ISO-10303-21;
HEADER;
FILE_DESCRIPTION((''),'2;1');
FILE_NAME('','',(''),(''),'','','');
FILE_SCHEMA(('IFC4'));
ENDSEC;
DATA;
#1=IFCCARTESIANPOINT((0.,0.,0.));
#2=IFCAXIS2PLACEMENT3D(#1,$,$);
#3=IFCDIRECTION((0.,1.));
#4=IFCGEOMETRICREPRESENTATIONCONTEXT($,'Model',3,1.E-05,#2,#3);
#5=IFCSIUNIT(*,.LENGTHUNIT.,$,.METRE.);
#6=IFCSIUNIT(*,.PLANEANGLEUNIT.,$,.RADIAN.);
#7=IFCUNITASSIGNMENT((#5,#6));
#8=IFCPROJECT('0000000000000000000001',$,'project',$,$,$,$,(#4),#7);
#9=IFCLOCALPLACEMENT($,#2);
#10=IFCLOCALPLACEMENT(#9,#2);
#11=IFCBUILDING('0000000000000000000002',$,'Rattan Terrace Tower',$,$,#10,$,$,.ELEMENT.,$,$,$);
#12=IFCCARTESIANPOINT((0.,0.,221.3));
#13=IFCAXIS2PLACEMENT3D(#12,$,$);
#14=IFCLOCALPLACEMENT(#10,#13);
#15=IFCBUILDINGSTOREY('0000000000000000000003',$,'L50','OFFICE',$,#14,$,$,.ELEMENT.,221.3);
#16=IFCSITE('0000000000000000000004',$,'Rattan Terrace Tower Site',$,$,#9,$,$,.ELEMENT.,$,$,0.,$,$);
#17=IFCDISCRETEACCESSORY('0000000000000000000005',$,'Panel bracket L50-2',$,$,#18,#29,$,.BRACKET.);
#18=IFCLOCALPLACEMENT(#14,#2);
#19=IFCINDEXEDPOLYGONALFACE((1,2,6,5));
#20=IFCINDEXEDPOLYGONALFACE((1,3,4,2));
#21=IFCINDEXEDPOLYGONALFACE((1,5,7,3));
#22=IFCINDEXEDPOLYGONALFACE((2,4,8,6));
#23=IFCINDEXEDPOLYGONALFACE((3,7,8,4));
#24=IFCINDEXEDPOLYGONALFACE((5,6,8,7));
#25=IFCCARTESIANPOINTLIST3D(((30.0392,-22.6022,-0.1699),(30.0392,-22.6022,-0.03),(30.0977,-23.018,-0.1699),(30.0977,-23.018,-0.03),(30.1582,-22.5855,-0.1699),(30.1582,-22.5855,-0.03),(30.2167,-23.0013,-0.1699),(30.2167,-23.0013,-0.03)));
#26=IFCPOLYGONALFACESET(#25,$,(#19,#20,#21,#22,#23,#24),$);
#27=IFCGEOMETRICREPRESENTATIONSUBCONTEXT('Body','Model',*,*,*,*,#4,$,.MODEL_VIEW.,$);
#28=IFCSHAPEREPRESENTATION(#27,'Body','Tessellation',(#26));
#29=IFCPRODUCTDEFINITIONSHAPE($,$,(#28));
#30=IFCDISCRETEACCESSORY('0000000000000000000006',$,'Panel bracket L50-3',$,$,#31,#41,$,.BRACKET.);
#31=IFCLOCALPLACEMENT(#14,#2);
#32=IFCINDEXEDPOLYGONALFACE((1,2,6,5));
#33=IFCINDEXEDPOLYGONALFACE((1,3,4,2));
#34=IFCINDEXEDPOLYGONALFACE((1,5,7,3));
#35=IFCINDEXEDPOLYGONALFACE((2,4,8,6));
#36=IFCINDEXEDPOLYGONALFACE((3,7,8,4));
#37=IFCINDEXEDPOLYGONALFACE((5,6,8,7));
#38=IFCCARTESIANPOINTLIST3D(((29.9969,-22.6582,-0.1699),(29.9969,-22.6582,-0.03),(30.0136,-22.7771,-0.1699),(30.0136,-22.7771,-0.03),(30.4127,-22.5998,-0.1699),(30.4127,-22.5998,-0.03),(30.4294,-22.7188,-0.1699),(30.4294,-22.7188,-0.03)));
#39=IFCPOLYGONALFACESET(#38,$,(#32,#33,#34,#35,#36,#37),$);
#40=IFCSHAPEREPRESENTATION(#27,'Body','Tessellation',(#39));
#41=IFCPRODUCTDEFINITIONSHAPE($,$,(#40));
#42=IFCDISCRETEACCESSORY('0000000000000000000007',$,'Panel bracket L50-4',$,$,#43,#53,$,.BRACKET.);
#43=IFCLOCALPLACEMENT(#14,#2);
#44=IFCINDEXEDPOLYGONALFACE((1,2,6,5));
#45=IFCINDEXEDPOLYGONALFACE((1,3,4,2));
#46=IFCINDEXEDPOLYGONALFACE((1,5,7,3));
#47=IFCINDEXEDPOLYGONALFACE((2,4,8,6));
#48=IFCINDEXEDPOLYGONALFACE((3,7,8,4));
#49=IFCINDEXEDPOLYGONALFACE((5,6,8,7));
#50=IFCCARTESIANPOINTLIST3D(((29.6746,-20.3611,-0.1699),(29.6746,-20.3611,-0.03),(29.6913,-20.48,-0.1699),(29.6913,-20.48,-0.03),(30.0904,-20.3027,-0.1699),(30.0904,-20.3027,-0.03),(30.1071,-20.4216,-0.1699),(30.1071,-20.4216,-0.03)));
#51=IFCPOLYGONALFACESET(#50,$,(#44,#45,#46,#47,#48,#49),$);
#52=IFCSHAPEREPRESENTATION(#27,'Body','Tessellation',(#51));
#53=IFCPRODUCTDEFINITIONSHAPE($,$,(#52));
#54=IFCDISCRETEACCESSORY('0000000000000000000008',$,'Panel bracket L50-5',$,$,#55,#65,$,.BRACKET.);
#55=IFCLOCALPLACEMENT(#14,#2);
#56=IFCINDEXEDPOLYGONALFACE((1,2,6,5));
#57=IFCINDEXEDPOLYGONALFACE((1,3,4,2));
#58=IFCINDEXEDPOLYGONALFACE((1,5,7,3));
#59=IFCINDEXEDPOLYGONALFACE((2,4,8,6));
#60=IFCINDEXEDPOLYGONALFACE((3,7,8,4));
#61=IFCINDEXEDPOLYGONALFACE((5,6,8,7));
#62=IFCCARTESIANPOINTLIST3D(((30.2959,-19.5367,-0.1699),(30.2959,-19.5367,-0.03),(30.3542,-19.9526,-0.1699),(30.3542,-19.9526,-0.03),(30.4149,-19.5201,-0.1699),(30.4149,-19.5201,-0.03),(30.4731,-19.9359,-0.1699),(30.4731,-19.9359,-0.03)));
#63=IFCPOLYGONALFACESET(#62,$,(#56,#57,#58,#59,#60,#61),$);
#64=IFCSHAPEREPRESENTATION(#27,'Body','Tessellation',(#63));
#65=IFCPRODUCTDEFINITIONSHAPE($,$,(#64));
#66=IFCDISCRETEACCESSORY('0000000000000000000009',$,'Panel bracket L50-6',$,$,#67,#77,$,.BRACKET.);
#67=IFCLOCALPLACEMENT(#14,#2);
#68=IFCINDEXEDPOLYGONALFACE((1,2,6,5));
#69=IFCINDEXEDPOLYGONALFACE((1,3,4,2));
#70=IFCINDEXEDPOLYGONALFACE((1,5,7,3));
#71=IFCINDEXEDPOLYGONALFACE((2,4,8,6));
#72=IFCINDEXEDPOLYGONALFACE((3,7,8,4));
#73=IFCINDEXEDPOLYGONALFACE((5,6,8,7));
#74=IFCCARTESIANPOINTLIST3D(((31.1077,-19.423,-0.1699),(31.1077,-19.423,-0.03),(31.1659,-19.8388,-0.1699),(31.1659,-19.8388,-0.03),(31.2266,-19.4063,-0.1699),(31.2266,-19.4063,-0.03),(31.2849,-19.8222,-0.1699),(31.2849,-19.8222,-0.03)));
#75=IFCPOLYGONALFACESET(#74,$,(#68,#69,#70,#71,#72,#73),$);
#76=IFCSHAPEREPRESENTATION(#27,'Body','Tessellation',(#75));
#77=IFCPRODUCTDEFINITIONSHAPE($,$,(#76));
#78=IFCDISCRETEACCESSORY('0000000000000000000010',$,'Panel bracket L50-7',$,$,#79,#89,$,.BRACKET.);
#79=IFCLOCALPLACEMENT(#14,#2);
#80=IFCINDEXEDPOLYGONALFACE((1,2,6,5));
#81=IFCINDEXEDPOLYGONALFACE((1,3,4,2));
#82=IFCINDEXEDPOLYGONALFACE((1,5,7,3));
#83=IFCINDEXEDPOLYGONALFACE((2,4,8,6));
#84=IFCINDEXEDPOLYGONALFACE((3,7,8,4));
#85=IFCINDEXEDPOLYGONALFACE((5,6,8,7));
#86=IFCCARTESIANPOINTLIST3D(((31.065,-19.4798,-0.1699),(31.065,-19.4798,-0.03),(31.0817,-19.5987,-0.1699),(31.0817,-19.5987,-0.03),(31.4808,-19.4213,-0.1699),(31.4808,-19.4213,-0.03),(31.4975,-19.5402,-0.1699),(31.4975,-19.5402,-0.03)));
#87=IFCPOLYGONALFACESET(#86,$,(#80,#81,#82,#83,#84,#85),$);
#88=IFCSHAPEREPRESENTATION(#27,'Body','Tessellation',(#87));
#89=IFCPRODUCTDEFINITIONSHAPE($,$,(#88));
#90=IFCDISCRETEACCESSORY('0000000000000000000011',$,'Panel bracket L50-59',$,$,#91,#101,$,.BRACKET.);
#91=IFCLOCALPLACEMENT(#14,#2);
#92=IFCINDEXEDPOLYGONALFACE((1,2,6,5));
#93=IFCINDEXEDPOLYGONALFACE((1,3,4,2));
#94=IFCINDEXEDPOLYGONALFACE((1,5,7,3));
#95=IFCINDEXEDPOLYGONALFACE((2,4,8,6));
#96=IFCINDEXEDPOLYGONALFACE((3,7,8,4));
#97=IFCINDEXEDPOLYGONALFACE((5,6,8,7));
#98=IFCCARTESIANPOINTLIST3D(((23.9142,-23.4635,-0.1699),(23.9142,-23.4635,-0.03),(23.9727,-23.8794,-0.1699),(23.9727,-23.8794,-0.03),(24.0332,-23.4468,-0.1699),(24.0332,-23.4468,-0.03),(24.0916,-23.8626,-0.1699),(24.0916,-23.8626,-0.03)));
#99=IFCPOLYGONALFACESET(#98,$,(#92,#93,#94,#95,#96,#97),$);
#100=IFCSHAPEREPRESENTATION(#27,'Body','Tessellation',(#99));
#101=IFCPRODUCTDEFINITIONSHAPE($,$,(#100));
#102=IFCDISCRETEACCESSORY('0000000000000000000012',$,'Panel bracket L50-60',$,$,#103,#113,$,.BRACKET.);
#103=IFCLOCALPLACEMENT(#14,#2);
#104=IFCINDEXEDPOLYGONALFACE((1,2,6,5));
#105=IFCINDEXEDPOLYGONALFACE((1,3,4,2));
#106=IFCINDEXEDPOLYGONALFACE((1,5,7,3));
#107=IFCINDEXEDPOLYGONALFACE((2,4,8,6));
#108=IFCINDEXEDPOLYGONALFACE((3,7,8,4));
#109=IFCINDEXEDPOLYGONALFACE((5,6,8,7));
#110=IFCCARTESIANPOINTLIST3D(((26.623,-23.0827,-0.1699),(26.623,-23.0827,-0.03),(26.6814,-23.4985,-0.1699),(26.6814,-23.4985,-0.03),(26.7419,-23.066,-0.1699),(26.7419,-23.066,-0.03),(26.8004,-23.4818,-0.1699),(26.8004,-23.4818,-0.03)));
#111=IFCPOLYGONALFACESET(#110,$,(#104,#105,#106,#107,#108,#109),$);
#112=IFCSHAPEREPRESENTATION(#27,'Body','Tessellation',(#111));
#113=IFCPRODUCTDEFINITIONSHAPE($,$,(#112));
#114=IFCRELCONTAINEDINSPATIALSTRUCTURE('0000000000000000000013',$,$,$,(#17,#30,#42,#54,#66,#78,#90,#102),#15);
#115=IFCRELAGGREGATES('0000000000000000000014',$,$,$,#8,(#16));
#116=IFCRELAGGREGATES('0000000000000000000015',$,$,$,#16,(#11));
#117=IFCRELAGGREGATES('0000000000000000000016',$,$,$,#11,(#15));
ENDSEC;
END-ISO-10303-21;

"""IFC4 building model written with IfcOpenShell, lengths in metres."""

from ifc_helpers import new_model, si_unit, direction, frame, origin, origin_2d, place, context, subcontext, project, spatial, rectangle, extrude, element, save


model = new_model("IFC4")

# Units and contexts
model_context = context("Model", 3, precision=1e-05, world=origin(), true_north=direction((0.0, 1.0)))
body_context = subcontext(model_context, "Body", "Model", "MODEL_VIEW")
ifc_project = project(units=[si_unit("LENGTHUNIT", "METRE"), si_unit("PLANEANGLEUNIT", "RADIAN")], contexts=[model_context])

# Site, building, storey
site_placement = place(None, origin())
site = spatial("IfcSite", under=ifc_project, at=site_placement, Name="Rattan Terrace Tower Site", CompositionType="ELEMENT", RefElevation=0.0)
building_placement = place(site_placement, origin())
building = spatial("IfcBuilding", under=site, at=building_placement, Name="Rattan Terrace Tower", CompositionType="ELEMENT")
storey_placement = place(building_placement, frame((0.0, 0.0, 221.3)))
storey = spatial("IfcBuildingStorey", under=building, at=storey_placement, Name="L50", Description="OFFICE", CompositionType="ELEMENT", Elevation=221.3)

# Discrete accessories
for number, where, z_axis, x_axis, name in (
    (1, (30.1279, -22.8018, -0.1699), (0.0, 0.0, 1.0), (0.990247, 0.139321, 0.0), "Panel bracket L50-2"),
    (2, (30.2131, -22.6885, -0.1699), (0.0, 0.0, 1.0), (-0.138994, 0.990293, 0.0), "Panel bracket L50-3"),
    (3, (29.8909, -20.3914, -0.1699), (0.0, 0.0, 1.0), (-0.138994, 0.990293, 0.0), "Panel bracket L50-4"),
    (4, (30.3845, -19.7363, -0.1699), (0.0, 0.0, 1.0), (0.990333, 0.138713, 0.0), "Panel bracket L50-5"),
    (5, (31.1963, -19.6226, -0.1699), (0.0, 0.0, 1.0), (0.990333, 0.138713, 0.0), "Panel bracket L50-6"),
    (6, (31.2812, -19.51, -0.1699), (0.0, 0.0, 1.0), (-0.139321, 0.990247, 0.0), "Panel bracket L50-7"),
    (7, (24.0029, -23.6631, -0.1699), (0.0, 0.0, 1.0), (0.990267, 0.139177, 0.0), "Panel bracket L50-59"),
    (8, (26.7117, -23.2822, -0.1699), (0.0, 0.0, 1.0), (0.990267, 0.139177, 0.0), "Panel bracket L50-60"),
):
    element("IfcDiscreteAccessory", number, at=place(storey_placement, frame(where, z_axis=z_axis, x_axis=x_axis)), inside=storey, Name=name, PredefinedType="BRACKET", context=body_context, shape_type="SweptSolid", body=[
        extrude(rectangle(XDim=0.1201, YDim=0.4199, at=origin_2d()), origin(), (0.0, 0.0, 1.0), 0.1399),
    ])

save(model, "model.ifc")
